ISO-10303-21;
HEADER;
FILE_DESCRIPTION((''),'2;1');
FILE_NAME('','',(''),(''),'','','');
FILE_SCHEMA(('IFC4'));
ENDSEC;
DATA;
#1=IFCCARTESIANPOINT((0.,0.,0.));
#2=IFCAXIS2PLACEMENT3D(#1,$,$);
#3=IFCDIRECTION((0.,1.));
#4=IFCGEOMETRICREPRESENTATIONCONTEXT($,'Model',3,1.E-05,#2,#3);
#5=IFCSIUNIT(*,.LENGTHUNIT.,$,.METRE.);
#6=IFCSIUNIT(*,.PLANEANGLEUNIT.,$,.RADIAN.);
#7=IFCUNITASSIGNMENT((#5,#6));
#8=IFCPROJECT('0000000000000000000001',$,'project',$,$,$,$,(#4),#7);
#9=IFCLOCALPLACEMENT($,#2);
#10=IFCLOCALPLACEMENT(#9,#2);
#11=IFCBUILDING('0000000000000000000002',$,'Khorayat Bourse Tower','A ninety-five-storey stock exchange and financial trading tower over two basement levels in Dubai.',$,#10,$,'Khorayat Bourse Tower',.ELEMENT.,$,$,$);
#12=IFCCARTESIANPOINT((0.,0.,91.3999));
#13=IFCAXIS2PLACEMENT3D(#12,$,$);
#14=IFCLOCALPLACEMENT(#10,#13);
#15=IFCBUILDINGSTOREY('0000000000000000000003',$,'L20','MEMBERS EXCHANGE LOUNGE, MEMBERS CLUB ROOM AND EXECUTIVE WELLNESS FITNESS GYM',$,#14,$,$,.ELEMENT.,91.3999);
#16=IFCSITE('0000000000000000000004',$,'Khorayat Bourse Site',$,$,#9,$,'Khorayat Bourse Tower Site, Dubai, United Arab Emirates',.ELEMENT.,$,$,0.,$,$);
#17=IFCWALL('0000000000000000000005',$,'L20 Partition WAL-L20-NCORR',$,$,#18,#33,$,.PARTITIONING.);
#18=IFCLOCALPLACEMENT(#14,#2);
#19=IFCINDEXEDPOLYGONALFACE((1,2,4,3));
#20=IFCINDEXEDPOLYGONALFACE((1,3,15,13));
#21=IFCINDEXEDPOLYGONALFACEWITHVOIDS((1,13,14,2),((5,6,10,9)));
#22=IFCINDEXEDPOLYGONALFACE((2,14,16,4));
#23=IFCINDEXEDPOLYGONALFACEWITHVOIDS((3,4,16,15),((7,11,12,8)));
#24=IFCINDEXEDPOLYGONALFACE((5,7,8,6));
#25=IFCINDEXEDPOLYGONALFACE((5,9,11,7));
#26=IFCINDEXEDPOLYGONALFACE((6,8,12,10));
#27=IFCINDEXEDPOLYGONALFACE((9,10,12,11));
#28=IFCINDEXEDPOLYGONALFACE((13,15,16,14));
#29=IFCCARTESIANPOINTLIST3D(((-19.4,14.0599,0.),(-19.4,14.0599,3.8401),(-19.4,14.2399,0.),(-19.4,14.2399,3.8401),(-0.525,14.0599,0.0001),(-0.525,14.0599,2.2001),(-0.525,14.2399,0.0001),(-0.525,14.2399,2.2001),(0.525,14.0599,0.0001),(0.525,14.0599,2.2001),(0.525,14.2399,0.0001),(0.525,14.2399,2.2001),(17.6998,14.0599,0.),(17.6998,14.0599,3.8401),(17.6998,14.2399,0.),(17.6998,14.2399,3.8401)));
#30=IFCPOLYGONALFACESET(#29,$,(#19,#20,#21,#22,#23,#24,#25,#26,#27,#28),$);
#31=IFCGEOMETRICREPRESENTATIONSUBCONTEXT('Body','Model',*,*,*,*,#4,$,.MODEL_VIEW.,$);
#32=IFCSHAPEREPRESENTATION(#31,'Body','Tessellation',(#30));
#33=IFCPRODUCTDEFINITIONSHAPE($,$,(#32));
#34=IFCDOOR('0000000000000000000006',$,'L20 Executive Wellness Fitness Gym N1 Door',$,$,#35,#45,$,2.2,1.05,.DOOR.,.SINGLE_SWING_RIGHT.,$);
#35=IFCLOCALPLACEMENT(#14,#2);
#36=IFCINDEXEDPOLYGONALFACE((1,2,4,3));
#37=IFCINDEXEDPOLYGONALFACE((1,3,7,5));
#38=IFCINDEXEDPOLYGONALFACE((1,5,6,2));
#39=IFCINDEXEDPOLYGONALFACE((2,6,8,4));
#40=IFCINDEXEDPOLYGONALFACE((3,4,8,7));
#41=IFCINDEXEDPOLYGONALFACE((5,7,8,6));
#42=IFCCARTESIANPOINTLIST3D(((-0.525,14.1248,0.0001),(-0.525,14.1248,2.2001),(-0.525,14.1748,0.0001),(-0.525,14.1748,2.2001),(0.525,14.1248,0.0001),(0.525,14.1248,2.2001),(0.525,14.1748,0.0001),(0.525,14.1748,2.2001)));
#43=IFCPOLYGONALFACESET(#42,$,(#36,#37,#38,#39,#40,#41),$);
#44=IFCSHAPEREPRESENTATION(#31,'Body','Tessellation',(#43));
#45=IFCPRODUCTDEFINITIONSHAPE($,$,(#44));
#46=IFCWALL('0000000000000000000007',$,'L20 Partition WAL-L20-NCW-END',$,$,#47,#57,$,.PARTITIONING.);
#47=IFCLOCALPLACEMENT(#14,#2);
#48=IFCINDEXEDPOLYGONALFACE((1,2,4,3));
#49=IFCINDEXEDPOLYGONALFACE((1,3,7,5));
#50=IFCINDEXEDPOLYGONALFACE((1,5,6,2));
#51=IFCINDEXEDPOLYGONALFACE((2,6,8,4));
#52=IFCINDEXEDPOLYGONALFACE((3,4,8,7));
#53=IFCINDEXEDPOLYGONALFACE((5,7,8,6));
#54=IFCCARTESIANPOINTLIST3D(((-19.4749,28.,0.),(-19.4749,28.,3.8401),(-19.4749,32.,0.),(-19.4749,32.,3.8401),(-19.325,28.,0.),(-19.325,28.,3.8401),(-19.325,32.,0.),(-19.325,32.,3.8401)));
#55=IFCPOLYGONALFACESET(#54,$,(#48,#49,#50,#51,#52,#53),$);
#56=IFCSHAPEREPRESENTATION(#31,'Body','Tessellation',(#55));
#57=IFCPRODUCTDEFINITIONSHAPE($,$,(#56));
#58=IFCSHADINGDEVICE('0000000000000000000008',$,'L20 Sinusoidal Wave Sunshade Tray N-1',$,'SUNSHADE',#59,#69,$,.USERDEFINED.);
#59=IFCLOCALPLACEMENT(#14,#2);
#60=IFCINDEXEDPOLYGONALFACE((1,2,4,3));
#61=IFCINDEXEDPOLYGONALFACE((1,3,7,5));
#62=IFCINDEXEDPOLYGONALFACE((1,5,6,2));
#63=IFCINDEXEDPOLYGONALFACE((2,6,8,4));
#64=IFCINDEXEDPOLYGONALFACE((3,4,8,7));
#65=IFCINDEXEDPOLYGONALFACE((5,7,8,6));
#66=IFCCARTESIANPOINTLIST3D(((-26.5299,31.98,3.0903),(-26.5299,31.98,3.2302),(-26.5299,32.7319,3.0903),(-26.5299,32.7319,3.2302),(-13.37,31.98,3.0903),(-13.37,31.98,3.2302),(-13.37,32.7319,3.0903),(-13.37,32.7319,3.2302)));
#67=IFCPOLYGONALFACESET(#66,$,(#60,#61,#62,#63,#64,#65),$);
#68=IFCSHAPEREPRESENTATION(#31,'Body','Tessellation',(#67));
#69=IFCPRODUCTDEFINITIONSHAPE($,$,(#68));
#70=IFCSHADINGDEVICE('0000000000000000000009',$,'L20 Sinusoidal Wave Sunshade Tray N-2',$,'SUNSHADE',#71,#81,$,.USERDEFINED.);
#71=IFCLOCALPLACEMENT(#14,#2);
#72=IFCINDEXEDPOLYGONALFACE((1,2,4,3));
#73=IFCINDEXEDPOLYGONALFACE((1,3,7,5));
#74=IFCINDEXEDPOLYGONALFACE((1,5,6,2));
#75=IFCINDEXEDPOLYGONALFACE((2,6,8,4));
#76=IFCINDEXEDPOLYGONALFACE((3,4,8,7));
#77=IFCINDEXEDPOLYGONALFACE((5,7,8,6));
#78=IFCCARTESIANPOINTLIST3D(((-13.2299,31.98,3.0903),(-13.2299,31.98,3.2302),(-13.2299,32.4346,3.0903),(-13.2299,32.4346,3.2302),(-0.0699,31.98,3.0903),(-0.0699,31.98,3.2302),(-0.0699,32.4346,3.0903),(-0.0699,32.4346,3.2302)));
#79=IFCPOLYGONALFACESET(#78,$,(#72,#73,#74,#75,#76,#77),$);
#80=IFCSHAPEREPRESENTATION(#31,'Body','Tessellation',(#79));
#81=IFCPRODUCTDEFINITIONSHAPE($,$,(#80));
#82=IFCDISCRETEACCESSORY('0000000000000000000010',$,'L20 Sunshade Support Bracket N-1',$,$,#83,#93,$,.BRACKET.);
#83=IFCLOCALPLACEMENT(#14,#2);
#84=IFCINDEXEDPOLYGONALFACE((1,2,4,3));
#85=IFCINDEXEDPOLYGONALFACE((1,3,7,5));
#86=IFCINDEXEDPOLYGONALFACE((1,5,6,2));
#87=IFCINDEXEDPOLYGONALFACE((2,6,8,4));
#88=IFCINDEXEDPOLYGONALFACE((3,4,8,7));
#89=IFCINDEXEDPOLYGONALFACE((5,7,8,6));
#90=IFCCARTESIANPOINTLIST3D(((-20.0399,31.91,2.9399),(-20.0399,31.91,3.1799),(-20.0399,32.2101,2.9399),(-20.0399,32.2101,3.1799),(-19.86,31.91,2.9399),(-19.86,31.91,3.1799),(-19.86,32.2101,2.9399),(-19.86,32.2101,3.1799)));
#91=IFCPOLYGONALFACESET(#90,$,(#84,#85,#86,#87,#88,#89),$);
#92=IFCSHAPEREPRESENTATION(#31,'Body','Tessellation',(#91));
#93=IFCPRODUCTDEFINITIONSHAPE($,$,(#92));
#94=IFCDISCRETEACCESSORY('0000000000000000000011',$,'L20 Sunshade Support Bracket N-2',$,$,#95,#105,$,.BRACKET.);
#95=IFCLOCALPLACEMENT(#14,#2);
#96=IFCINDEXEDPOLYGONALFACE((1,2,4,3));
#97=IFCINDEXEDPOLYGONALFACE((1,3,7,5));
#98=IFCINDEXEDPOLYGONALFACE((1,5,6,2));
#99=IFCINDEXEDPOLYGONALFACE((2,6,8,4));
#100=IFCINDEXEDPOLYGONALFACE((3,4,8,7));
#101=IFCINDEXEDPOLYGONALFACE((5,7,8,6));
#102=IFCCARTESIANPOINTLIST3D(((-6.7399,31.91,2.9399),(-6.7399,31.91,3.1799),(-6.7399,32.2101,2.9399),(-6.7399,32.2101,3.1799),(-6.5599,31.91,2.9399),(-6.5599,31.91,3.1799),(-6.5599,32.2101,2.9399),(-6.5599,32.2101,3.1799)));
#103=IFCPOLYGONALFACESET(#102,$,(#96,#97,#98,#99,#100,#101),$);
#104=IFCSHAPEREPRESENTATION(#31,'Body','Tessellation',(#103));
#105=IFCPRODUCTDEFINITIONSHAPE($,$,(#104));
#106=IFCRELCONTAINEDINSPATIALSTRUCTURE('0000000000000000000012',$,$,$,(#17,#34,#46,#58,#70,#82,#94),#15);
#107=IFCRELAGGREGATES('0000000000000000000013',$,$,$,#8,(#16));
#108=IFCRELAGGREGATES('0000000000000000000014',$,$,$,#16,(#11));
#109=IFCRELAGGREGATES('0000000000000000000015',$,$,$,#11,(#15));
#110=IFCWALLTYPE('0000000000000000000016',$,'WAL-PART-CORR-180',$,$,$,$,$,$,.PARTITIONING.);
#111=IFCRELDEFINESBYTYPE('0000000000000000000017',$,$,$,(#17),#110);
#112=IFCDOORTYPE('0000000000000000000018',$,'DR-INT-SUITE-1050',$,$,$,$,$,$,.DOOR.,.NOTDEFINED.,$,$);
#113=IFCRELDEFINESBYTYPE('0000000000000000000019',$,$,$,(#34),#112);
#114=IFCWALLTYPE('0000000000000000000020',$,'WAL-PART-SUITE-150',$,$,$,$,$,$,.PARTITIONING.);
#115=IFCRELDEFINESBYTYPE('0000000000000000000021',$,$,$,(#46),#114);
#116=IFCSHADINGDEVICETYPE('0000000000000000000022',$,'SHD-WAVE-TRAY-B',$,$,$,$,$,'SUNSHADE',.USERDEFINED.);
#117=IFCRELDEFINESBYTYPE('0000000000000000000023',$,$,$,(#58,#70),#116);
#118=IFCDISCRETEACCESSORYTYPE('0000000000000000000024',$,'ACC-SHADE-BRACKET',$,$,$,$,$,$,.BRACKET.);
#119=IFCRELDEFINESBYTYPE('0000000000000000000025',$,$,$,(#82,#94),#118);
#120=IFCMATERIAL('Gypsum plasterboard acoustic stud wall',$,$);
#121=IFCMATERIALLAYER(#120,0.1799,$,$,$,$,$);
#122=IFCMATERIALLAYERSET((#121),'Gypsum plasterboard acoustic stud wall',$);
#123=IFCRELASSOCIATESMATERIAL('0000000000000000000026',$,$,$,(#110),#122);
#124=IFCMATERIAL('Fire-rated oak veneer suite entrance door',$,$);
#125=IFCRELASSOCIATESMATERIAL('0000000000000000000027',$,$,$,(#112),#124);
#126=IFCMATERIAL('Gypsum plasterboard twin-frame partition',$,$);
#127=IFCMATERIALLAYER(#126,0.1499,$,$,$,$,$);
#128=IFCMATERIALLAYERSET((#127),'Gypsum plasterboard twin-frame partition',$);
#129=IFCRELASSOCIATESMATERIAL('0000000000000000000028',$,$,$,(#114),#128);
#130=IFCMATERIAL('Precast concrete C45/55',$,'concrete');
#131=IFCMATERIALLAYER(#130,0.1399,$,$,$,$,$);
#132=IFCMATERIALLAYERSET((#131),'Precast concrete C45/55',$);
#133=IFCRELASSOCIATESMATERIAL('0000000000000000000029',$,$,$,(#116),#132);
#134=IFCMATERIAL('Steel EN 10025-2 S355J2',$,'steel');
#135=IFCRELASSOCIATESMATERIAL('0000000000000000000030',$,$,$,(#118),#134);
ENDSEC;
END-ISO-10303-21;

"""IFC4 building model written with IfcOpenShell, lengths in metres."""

from ifc_helpers import new_model, si_unit, direction, frame, frame_2d, origin, origin_2d, place, context, subcontext, project, spatial, rectangle, extrude, source, transform, mapped, material, layer, layer_set, type_object, element, fill, save


model = new_model("IFC4")

# Units and contexts
model_context = context("Model", 3, precision=1e-05, world=origin(), true_north=direction((0.0, 1.0)))
body_context = subcontext(model_context, "Body", "Model", "MODEL_VIEW")
ifc_project = project(units=[si_unit("LENGTHUNIT", "METRE"), si_unit("PLANEANGLEUNIT", "RADIAN")], contexts=[model_context])

# Site, building, storey
site_placement = place(None, origin())
site = spatial("IfcSite", under=ifc_project, at=site_placement, Name="Khorayat Bourse Site", LongName="Khorayat Bourse Tower Site, Dubai, United Arab Emirates", CompositionType="ELEMENT", RefElevation=0.0)
building_placement = place(site_placement, origin())
building = spatial("IfcBuilding", under=site, at=building_placement, Name="Khorayat Bourse Tower", Description="A ninety-five-storey stock exchange and financial trading tower over two basement levels in Dubai.", LongName="Khorayat Bourse Tower", CompositionType="ELEMENT")
storey_placement = place(building_placement, frame((0.0, 0.0, 91.3999)))
storey = spatial("IfcBuildingStorey", under=building, at=storey_placement, Name="L20", Description="MEMBERS EXCHANGE LOUNGE, MEMBERS CLUB ROOM AND EXECUTIVE WELLNESS FITNESS GYM", CompositionType="ELEMENT", Elevation=91.3999)

# Shared definitions
ifc_material_1 = material(Name="Steel EN 10025-2 S355J2", Category="steel")

# Wall, opening, door
ifc_material_2 = material(Name="Gypsum plasterboard acoustic stud wall")
ifc_layer_1 = layer(ifc_material_2, 0.1799)
ifc_layer_set_1 = layer_set([ifc_layer_1], Name="Gypsum plasterboard acoustic stud wall")
wall_type_1 = type_object("IfcWallType", Name="WAL-PART-CORR-180", PredefinedType="PARTITIONING", material=ifc_layer_set_1)
shared_shape_1 = source(origin(), body_context, "Body", "SweptSolid", [
    extrude(rectangle(XDim=37.0999, YDim=0.1799, at=frame_2d((18.5498, 0.0))), origin(), (0.0, 0.0, 1.0), 3.8401),
])
wall_1_placement = place(storey_placement, frame((-19.3999, 14.1499, 0.0), z_axis=(0.0, 0.0, 1.0), x_axis=(1.0, 0.0, 0.0)))
wall_1 = element("IfcWall", 1, at=wall_1_placement, inside=storey, type_object=wall_type_1, Name="L20 Partition WAL-L20-NCORR", PredefinedType="PARTITIONING", context=body_context, shape_type="MappedRepresentation", body=[
    mapped(shared_shape_1, transform((0.0, 0.0, 0.0), scale=1.0)),
])
shared_shape_2 = source(origin(), body_context, "Body", "SweptSolid", [
    extrude(rectangle(XDim=1.05, YDim=2.2, at=frame_2d((0.5249, 1.1001))), frame((0.0, 0.0999, 0.0), z_axis=(0.0, -1.0, 0.0), x_axis=(1.0, 0.0, 0.0)), (0.0, 0.0, 1.0), 0.2),
])
opening_1_placement = place(wall_1_placement, frame((18.875, 0.0, 0.0)))
opening_1 = element("IfcOpeningElement", 2, at=opening_1_placement, cuts=wall_1, PredefinedType="OPENING", context=body_context, shape_type="MappedRepresentation", body=[
    mapped(shared_shape_2, transform((0.0, 0.0, 0.0), scale=1.0)),
])
ifc_material_3 = material(Name="Fire-rated oak veneer suite entrance door")
door_type_1 = type_object("IfcDoorType", Name="DR-INT-SUITE-1050", OperationType="NOTDEFINED", PredefinedType="DOOR", material=ifc_material_3)
shared_shape_3 = source(origin(), body_context, "Body", "SweptSolid", [
    extrude(rectangle(XDim=1.05, YDim=2.2, at=frame_2d((0.5249, 1.1001))), frame((0.0, 0.0249, 0.0), z_axis=(0.0, -1.0, 0.0), x_axis=(1.0, 0.0, 0.0)), (0.0, 0.0, 1.0), 0.05),
])
door_1_placement = place(opening_1_placement, origin())
door_1 = element("IfcDoor", 3, at=door_1_placement, inside=storey, type_object=door_type_1, Name="L20 Executive Wellness Fitness Gym N1 Door", OperationType="SINGLE_SWING_RIGHT", OverallHeight=2.2, OverallWidth=1.05, PredefinedType="DOOR", context=body_context, shape_type="MappedRepresentation", body=[
    mapped(shared_shape_3, transform((0.0, 0.0, 0.0), scale=1.0)),
])
fill(opening_1, door_1)

# Wall
ifc_material_4 = material(Name="Gypsum plasterboard twin-frame partition")
ifc_layer_2 = layer(ifc_material_4, 0.1499)
ifc_layer_set_2 = layer_set([ifc_layer_2], Name="Gypsum plasterboard twin-frame partition")
wall_type_2 = type_object("IfcWallType", Name="WAL-PART-SUITE-150", PredefinedType="PARTITIONING", material=ifc_layer_set_2)
shared_shape_4 = source(origin(), body_context, "Body", "SweptSolid", [
    extrude(rectangle(XDim=4.0, YDim=0.1499, at=frame_2d((2.0, 0.0))), origin(), (0.0, 0.0, 1.0), 3.8401),
])
wall_2_placement = place(storey_placement, frame((-19.3999, 28.0, 0.0), z_axis=(0.0, 0.0, 1.0), x_axis=(0.0, 1.0, 0.0)))
element("IfcWall", 4, at=wall_2_placement, inside=storey, type_object=wall_type_2, Name="L20 Partition WAL-L20-NCW-END", PredefinedType="PARTITIONING", context=body_context, shape_type="MappedRepresentation", body=[
    mapped(shared_shape_4, transform((0.0, 0.0, 0.0), scale=1.0)),
])

# Shading devices
ifc_material_5 = material(Name="Precast concrete C45/55", Category="concrete")
ifc_layer_3 = layer(ifc_material_5, 0.1399)
ifc_layer_set_3 = layer_set([ifc_layer_3], Name="Precast concrete C45/55")
shading_device_type = type_object("IfcShadingDeviceType", Name="SHD-WAVE-TRAY-B", ElementType="SUNSHADE", PredefinedType="USERDEFINED", material=ifc_layer_set_3)
shared_shape_5 = source(origin(), body_context, "Body", "SweptSolid", [
    extrude(rectangle(XDim=13.1599, YDim=0.752, at=origin_2d()), origin(), (0.0, 0.0, 1.0), 0.1399),
])
shading_device_1_placement = place(storey_placement, frame((-19.95, 32.356, 3.0903), z_axis=(0.0, 0.0, 1.0), x_axis=(1.0, 0.0, 0.0)))
element("IfcShadingDevice", 5, at=shading_device_1_placement, inside=storey, type_object=shading_device_type, Name="L20 Sinusoidal Wave Sunshade Tray N-1", ObjectType="SUNSHADE", PredefinedType="USERDEFINED", context=body_context, shape_type="MappedRepresentation", body=[
    mapped(shared_shape_5, transform((0.0, 0.0, 0.0), scale=1.0)),
])
shared_shape_6 = source(origin(), body_context, "Body", "SweptSolid", [
    extrude(rectangle(XDim=13.1599, YDim=0.4546, at=origin_2d()), origin(), (0.0, 0.0, 1.0), 0.1399),
])
shading_device_2_placement = place(storey_placement, frame((-6.6499, 32.2073, 3.0903), z_axis=(0.0, 0.0, 1.0), x_axis=(1.0, 0.0, 0.0)))
element("IfcShadingDevice", 6, at=shading_device_2_placement, inside=storey, type_object=shading_device_type, Name="L20 Sinusoidal Wave Sunshade Tray N-2", ObjectType="SUNSHADE", PredefinedType="USERDEFINED", context=body_context, shape_type="MappedRepresentation", body=[
    mapped(shared_shape_6, transform((0.0, 0.0, 0.0), scale=1.0)),
])

# Discrete accessories
discrete_accessory_type = type_object("IfcDiscreteAccessoryType", Name="ACC-SHADE-BRACKET", PredefinedType="BRACKET", material=ifc_material_1)
shared_shape_7 = source(origin(), body_context, "Body", "SweptSolid", [
    extrude(rectangle(XDim=0.1799, YDim=0.3, at=origin_2d()), origin(), (0.0, 0.0, 1.0), 0.24),
])
for number, where, z_axis, x_axis, name in (
    (7, (-19.95, 32.0601, 2.9399), (0.0, 0.0, 1.0), (1.0, 0.0, 0.0), "L20 Sunshade Support Bracket N-1"),
    (8, (-6.6499, 32.0601, 2.9399), (0.0, 0.0, 1.0), (1.0, 0.0, 0.0), "L20 Sunshade Support Bracket N-2"),
):
    element("IfcDiscreteAccessory", number, at=place(storey_placement, frame(where, z_axis=z_axis, x_axis=x_axis)), inside=storey, type_object=discrete_accessory_type, Name=name, PredefinedType="BRACKET", context=body_context, shape_type="MappedRepresentation", body=[
        mapped(shared_shape_7, transform((0.0, 0.0, 0.0), scale=1.0)),
    ])

save(model, "model.ifc")
